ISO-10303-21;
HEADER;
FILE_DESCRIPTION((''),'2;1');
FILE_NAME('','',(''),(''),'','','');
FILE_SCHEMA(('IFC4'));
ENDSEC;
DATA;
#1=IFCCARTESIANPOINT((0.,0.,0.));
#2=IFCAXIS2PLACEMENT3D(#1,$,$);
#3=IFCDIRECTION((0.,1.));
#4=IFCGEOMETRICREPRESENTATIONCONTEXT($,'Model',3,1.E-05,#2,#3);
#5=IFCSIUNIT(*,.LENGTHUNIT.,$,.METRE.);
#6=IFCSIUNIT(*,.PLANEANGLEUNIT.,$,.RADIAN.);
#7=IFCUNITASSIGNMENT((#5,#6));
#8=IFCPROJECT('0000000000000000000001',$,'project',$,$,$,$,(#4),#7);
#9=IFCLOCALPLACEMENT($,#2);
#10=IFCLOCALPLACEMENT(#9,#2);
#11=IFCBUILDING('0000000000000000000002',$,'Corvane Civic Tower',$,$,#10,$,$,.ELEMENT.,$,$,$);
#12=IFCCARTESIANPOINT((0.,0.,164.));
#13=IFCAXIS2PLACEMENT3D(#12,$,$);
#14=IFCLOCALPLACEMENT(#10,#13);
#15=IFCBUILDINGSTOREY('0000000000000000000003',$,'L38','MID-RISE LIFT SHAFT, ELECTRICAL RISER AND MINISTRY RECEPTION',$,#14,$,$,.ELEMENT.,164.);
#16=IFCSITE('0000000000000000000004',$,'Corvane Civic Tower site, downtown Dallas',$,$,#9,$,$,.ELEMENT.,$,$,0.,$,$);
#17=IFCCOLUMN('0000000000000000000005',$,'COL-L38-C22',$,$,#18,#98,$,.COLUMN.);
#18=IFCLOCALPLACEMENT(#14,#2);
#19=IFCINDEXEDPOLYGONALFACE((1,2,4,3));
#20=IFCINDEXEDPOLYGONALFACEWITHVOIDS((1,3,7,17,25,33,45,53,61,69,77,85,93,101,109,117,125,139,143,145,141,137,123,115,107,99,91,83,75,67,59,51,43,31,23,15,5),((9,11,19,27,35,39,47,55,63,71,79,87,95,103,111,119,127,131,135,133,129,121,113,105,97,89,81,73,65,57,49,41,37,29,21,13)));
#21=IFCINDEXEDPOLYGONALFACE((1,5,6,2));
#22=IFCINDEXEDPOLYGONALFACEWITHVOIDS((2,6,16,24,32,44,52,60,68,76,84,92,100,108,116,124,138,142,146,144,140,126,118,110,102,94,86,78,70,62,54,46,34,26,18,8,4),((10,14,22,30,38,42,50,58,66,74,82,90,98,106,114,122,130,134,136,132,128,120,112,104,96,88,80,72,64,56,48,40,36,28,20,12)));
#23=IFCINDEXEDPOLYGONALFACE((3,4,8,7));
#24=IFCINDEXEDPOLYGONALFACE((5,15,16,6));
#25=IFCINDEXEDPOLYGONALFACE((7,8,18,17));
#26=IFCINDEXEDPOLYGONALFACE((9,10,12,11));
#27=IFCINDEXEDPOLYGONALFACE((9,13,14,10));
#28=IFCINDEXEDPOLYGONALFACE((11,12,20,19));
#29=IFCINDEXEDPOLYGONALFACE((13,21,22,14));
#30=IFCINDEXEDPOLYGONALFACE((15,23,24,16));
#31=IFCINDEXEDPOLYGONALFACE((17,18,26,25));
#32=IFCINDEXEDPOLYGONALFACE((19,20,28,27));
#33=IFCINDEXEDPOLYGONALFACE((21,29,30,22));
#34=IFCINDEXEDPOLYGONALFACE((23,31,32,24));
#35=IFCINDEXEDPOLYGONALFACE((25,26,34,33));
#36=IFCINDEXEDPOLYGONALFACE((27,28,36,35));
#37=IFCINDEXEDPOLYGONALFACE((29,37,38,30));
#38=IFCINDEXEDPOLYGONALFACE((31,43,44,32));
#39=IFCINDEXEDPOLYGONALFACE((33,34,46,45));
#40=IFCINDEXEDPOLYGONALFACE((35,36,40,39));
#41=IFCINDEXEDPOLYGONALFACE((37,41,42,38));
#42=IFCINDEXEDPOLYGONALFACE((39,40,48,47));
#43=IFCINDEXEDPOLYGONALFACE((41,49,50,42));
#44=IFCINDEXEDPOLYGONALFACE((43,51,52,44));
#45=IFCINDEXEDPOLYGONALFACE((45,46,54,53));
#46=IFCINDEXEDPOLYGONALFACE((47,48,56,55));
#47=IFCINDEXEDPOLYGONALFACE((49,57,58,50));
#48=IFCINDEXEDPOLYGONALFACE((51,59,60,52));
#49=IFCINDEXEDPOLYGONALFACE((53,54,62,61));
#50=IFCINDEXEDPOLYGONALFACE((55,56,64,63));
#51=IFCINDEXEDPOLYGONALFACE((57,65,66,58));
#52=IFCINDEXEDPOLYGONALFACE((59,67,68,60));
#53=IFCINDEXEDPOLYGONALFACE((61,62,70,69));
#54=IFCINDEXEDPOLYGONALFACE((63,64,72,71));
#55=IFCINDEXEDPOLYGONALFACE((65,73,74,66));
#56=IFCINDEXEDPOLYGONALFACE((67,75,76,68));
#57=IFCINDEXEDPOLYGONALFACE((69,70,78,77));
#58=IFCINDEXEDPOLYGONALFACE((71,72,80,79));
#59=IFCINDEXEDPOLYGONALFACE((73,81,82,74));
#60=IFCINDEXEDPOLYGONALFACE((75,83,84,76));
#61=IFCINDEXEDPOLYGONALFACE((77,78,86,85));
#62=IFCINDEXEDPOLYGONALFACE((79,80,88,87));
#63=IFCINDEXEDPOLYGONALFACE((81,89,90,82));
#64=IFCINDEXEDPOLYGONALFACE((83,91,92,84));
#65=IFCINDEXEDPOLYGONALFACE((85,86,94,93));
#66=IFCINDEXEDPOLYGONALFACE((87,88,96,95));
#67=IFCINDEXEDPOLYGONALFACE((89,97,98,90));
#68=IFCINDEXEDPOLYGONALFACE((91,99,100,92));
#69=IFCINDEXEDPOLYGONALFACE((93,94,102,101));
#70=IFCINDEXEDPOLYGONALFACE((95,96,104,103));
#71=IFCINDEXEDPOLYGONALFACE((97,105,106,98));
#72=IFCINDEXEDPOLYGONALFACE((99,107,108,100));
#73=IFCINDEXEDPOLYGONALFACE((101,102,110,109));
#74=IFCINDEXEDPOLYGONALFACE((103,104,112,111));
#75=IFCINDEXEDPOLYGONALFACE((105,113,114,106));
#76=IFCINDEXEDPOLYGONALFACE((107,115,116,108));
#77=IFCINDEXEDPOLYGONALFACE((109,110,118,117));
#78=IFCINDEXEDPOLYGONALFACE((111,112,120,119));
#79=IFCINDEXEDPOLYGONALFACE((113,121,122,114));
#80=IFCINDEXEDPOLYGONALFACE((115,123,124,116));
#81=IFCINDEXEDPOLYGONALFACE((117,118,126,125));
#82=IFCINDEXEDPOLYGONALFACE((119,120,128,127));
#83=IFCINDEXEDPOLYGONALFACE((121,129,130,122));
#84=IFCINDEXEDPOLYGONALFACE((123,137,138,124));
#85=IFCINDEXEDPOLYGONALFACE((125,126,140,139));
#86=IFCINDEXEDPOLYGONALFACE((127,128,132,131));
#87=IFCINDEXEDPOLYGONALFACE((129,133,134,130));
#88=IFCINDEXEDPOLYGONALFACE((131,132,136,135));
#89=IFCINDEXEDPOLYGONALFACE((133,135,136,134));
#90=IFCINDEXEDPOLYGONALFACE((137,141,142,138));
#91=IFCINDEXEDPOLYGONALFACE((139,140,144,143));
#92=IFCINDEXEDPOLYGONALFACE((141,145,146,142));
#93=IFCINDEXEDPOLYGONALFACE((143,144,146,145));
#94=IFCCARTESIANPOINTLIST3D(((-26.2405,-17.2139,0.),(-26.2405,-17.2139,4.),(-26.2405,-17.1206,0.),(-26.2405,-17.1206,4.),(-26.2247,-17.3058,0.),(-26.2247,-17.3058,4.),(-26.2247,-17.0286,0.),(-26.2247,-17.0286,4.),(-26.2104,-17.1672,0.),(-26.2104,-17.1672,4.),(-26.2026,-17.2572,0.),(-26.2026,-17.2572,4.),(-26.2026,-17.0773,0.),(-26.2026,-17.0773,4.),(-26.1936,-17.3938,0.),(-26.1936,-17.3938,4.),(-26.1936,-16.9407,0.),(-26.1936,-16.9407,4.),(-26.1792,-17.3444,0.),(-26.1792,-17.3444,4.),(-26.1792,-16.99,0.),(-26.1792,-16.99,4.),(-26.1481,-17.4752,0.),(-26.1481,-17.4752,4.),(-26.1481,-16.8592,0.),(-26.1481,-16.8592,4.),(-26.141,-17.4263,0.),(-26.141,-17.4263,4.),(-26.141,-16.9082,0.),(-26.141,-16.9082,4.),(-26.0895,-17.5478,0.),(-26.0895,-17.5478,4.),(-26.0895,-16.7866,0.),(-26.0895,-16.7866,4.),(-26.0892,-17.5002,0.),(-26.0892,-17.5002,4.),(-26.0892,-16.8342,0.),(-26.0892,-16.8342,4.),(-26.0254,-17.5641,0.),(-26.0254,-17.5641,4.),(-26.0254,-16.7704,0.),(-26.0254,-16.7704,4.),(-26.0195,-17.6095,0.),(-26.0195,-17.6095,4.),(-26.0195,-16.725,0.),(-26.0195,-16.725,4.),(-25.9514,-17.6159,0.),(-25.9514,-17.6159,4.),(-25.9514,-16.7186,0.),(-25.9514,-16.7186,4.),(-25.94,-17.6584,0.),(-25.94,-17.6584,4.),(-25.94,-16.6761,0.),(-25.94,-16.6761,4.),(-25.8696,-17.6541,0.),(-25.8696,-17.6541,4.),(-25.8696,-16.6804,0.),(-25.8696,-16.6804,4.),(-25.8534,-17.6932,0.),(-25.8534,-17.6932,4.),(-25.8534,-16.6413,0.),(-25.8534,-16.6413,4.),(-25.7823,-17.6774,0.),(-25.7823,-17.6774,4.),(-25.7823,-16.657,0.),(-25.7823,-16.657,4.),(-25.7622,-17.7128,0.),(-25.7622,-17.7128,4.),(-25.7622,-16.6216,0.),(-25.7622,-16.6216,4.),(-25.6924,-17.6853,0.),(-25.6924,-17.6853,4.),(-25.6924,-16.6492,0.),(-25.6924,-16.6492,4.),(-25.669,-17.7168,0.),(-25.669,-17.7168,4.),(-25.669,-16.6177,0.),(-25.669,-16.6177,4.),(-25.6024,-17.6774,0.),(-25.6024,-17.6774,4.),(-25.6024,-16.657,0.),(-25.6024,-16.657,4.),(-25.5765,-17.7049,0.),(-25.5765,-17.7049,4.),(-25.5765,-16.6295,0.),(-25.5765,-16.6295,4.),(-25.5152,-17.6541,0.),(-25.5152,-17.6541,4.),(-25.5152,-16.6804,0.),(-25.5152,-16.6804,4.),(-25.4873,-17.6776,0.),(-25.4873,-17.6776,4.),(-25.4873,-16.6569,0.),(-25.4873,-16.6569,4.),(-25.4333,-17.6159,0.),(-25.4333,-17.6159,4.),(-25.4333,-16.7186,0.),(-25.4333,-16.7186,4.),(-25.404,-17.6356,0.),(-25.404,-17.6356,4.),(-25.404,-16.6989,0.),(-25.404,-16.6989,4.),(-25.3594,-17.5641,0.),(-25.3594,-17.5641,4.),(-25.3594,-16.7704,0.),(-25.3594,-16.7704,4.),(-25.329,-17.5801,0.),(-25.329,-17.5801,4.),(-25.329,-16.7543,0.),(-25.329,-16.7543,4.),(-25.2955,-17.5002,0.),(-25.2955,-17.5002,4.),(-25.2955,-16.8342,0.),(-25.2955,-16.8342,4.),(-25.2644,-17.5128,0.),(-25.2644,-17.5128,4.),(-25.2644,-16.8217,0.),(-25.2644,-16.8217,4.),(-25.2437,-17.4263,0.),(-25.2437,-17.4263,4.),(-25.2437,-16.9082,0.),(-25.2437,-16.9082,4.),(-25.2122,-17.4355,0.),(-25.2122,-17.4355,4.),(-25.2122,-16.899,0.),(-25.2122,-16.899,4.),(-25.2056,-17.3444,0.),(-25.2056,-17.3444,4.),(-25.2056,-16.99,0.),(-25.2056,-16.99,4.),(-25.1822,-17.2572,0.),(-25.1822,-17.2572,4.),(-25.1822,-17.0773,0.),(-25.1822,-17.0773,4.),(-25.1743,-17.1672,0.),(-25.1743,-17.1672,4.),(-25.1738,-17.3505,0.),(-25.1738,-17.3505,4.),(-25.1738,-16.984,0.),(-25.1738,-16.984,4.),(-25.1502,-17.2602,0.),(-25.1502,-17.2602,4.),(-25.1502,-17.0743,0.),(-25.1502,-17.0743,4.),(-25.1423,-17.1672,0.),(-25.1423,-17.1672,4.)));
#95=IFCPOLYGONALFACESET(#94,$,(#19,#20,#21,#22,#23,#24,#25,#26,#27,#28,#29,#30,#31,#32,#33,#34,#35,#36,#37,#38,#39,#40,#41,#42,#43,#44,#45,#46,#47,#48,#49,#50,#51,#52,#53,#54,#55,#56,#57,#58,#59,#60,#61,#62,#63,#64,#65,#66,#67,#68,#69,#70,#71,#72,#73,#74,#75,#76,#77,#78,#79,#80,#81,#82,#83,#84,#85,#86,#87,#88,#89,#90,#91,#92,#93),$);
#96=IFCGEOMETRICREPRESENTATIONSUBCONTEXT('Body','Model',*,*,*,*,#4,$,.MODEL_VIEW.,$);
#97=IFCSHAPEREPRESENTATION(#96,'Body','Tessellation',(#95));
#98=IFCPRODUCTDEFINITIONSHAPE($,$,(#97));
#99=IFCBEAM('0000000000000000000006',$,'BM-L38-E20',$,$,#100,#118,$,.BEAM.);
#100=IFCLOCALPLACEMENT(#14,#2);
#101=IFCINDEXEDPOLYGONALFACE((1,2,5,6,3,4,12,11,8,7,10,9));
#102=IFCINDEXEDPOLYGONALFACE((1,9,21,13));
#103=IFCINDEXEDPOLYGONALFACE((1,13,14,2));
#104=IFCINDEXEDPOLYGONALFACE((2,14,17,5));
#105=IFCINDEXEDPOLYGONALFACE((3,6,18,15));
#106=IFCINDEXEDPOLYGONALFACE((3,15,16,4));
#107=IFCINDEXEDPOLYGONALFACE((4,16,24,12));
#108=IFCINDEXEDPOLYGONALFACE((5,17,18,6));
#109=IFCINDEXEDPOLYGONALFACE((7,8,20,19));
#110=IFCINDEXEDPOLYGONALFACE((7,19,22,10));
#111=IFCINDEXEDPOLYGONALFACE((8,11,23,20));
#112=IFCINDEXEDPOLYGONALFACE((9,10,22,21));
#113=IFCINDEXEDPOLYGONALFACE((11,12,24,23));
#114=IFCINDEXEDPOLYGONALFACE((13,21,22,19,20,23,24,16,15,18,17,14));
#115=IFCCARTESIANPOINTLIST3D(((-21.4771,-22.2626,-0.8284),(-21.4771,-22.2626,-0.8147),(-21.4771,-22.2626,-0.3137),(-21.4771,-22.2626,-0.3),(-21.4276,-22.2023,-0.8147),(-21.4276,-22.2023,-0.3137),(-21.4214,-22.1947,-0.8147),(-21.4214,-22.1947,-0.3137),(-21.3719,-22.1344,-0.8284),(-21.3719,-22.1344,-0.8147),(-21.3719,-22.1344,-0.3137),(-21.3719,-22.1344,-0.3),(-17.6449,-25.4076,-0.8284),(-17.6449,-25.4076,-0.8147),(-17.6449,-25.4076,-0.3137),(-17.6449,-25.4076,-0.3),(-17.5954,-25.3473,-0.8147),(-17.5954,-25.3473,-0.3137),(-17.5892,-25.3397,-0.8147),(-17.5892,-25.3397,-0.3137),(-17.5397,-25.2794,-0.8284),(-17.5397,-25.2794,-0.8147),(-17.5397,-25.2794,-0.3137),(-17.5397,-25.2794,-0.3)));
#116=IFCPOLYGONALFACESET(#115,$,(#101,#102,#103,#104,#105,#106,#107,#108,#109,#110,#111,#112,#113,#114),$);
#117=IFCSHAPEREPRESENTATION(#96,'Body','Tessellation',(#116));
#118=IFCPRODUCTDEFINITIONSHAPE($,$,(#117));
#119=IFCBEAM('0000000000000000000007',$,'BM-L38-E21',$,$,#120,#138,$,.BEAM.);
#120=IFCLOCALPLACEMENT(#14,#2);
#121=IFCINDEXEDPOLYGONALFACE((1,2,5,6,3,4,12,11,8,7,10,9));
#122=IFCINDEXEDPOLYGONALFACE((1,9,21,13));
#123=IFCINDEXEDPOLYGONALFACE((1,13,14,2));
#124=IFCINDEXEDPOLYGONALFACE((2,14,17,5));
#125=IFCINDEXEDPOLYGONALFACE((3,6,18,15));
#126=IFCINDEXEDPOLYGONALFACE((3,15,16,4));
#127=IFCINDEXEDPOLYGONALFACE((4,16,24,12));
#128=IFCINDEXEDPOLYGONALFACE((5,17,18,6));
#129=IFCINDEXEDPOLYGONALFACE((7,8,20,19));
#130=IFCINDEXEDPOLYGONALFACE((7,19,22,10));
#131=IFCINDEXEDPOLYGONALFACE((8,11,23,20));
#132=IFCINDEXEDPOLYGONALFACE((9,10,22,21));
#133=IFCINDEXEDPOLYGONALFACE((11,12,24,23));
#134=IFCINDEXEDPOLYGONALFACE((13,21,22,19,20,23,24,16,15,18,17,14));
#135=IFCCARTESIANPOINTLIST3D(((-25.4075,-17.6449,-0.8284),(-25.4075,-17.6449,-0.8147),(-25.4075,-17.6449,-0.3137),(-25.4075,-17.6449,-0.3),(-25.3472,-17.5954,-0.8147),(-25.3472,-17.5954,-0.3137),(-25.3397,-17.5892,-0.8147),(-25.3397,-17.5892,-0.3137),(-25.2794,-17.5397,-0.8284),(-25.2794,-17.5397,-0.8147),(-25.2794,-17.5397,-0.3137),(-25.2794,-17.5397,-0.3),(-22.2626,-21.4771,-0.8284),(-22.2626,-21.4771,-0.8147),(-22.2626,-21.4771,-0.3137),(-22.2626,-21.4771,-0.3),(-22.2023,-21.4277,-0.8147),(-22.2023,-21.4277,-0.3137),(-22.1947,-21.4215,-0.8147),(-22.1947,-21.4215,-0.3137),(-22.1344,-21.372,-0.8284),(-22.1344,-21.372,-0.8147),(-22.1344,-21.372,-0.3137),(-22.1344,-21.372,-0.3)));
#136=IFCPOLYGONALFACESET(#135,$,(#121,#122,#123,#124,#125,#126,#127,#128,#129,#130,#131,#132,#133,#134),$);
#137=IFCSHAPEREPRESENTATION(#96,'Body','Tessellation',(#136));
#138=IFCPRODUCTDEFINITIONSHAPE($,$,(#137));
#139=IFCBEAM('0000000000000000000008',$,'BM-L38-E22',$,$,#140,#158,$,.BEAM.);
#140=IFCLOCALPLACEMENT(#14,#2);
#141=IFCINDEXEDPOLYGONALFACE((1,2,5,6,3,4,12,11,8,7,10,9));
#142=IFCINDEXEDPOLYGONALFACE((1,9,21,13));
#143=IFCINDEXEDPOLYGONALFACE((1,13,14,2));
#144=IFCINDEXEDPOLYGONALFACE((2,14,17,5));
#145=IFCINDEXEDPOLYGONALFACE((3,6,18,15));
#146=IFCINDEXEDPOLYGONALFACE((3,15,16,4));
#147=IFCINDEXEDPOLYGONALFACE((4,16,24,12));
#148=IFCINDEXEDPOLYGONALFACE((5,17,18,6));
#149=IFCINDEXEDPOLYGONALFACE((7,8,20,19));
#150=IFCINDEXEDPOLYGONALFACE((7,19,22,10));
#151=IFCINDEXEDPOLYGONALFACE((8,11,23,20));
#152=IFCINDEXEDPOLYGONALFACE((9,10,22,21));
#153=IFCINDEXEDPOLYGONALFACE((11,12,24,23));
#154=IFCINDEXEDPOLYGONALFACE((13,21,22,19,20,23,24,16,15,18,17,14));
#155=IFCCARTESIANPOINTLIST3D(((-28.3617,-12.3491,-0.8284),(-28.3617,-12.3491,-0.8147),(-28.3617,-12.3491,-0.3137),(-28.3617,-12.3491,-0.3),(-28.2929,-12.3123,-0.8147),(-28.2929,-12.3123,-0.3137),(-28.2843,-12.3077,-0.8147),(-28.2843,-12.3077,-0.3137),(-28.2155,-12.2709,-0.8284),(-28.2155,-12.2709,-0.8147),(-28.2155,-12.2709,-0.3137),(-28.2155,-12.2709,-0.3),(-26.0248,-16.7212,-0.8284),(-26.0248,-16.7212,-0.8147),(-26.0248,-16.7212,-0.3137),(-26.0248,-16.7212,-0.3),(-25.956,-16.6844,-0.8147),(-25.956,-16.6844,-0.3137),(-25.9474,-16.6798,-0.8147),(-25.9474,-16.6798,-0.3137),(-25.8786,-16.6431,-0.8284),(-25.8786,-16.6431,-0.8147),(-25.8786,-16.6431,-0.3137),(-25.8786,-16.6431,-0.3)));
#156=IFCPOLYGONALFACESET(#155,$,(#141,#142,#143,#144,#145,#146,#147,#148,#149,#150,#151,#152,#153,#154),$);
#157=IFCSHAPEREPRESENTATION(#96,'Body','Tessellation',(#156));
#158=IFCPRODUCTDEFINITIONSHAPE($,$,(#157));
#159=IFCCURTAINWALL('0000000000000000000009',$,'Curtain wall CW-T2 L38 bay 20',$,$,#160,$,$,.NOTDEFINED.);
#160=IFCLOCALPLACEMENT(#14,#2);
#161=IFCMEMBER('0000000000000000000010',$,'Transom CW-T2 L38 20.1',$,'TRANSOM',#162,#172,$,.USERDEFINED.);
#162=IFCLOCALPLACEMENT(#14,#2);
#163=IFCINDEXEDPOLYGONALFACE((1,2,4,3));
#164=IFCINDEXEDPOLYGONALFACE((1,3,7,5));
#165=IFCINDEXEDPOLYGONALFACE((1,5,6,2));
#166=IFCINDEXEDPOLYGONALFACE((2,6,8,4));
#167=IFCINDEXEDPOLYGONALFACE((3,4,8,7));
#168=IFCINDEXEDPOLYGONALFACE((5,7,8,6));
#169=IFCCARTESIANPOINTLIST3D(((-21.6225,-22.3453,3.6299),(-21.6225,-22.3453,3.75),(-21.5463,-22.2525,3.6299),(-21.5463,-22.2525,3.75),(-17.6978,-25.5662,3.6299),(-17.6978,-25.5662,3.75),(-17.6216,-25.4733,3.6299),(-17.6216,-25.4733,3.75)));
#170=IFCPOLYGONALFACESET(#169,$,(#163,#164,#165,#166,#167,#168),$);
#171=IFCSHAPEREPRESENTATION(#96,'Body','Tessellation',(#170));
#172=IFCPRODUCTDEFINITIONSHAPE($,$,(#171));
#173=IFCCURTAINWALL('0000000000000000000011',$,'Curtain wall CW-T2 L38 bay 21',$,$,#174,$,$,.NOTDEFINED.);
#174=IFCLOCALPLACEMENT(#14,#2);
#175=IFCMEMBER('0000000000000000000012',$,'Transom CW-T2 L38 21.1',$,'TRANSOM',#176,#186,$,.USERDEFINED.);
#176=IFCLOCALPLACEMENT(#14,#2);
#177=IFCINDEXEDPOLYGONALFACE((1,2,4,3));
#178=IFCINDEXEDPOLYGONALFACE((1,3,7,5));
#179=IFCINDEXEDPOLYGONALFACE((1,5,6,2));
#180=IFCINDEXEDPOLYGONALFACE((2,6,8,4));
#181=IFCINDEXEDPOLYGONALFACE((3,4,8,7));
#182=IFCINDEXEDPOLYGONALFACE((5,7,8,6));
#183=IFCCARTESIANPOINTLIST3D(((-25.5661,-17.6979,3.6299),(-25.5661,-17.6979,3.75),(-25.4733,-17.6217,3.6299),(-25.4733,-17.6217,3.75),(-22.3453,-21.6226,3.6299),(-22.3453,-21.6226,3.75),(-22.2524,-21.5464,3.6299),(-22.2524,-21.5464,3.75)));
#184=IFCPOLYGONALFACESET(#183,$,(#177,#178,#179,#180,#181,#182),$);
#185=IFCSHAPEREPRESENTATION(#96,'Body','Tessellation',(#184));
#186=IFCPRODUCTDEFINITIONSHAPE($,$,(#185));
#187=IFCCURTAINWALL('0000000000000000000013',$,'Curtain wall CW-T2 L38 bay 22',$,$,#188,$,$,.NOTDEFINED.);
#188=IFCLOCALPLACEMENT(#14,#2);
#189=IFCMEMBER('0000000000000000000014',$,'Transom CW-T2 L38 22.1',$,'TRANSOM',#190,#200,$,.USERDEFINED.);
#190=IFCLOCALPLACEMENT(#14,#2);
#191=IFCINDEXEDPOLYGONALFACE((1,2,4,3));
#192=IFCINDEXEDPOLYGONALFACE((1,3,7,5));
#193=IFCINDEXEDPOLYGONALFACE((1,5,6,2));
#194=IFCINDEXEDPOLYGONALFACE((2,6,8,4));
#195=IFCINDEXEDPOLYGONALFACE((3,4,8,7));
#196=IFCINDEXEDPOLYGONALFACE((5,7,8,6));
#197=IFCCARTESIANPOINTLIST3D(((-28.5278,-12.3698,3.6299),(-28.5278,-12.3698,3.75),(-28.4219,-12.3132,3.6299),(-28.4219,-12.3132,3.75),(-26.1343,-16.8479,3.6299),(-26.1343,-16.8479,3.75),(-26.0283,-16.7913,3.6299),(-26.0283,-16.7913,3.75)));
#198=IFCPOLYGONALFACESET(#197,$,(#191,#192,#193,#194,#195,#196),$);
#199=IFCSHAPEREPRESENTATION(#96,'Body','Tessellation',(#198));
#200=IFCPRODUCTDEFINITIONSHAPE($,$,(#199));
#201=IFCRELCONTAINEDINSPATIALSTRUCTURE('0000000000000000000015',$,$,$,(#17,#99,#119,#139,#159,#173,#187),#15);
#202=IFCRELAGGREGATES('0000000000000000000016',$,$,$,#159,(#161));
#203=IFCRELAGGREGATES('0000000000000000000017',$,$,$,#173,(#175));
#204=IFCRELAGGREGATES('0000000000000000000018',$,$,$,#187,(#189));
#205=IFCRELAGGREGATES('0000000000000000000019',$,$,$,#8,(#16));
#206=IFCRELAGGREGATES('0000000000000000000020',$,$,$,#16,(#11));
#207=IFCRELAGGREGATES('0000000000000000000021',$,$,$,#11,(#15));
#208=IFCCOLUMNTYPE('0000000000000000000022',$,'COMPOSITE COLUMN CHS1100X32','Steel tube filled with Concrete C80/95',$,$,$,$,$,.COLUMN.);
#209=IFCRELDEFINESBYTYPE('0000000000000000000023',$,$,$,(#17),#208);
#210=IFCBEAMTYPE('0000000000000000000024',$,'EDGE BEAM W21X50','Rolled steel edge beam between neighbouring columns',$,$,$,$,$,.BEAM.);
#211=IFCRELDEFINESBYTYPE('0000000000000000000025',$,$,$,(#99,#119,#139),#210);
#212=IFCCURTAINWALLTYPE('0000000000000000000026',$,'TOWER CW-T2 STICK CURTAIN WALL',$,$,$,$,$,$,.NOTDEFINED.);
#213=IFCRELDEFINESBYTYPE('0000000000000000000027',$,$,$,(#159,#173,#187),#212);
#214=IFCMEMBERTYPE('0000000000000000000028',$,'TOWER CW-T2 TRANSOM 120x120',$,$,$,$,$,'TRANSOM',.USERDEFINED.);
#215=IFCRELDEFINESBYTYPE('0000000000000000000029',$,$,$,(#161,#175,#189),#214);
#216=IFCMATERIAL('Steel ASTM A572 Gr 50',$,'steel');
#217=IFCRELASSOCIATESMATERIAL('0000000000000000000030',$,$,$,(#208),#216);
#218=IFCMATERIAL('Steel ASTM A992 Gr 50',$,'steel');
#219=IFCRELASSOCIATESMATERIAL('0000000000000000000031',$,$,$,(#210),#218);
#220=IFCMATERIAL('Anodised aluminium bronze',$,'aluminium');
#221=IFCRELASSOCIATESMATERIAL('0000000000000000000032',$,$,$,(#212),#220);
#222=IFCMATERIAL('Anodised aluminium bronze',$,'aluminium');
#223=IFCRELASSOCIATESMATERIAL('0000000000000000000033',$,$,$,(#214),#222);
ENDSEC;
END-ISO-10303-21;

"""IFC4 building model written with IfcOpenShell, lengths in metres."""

from ifc_helpers import new_model, si_unit, direction, frame, origin, origin_2d, place, context, subcontext, project, spatial, rectangle, hollow_circle, i_section, extrude, material, material_profile, profile_set, type_object, element, aggregate, save


model = new_model("IFC4")

# Units and contexts
model_context = context("Model", 3, precision=1e-05, world=origin(), true_north=direction((0.0, 1.0)))
body_context = subcontext(model_context, "Body", "Model", "MODEL_VIEW")
ifc_project = project(units=[si_unit("LENGTHUNIT", "METRE"), si_unit("PLANEANGLEUNIT", "RADIAN")], contexts=[model_context])

# Site, building, storey
site_placement = place(None, origin())
site = spatial("IfcSite", under=ifc_project, at=site_placement, Name="Corvane Civic Tower site, downtown Dallas", CompositionType="ELEMENT", RefElevation=0.0)
building_placement = place(site_placement, origin())
building = spatial("IfcBuilding", under=site, at=building_placement, Name="Corvane Civic Tower", CompositionType="ELEMENT")
storey_placement = place(building_placement, frame((0.0, 0.0, 164.0)))
storey = spatial("IfcBuildingStorey", under=building, at=storey_placement, Name="L38", Description="MID-RISE LIFT SHAFT, ELECTRICAL RISER AND MINISTRY RECEPTION", CompositionType="ELEMENT", Elevation=164.0)

# Column
ifc_material_1 = material(Name="Steel ASTM A572 Gr 50", Category="steel")
ifc_material_profile_1 = material_profile(ifc_material_1, hollow_circle(Radius=0.55, WallThickness=0.032, at=origin_2d()), Name="CHS1100X32")
ifc_profile_set_1 = profile_set([ifc_material_profile_1], Name="Steel ASTM A572 Gr 50")
column_type = type_object("IfcColumnType", Name="COMPOSITE COLUMN CHS1100X32", Description="Steel tube filled with Concrete C80/95", PredefinedType="COLUMN", material=ifc_profile_set_1)
for number, where, z_axis, x_axis, name in (
    (1, (-25.6924, -17.1672, 0.0), (0.0, 0.0, 1.0), (1.0, 0.0, 0.0), "COL-L38-C22"),
):
    element("IfcColumn", number, at=place(storey_placement, frame(where, z_axis=z_axis, x_axis=x_axis)), inside=storey, type_object=column_type, Name=name, PredefinedType="COLUMN", context=body_context, shape_type="SweptSolid", body=[
        extrude(hollow_circle(Radius=0.55, WallThickness=0.032, at=origin_2d()), origin(), (0.0, 0.0, 1.0), 4.0),
    ])

# Beams
ifc_material_2 = material(Name="Steel ASTM A992 Gr 50", Category="steel")
ifc_material_profile_2 = material_profile(ifc_material_2, i_section(OverallWidth=0.1658, OverallDepth=0.5283, WebThickness=0.0098, FlangeThickness=0.0137, at=origin_2d()), Name="W21X50")
ifc_profile_set_2 = profile_set([ifc_material_profile_2], Name="Steel ASTM A992 Gr 50")
beam_type = type_object("IfcBeamType", Name="EDGE BEAM W21X50", Description="Rolled steel edge beam between neighbouring columns", PredefinedType="BEAM", material=ifc_profile_set_2)
for number, where, z_axis, x_axis, name in (
    (2, (-17.5923, -25.3435, -0.5642), (-0.773015, 0.634388, 0.0), (-0.634388, -0.773015, 0.0), "BM-L38-E20"),
    (3, (-22.1985, -21.4246, -0.5642), (-0.634388, 0.773015, 0.0), (-0.773015, -0.634388, 0.0), "BM-L38-E21"),
    (4, (-25.9517, -16.6821, -0.5642), (-0.471396, 0.881922, 0.0), (-0.881922, -0.471396, 0.0), "BM-L38-E22"),
):
    element("IfcBeam", number, at=place(storey_placement, frame(where, z_axis=z_axis, x_axis=x_axis)), inside=storey, type_object=beam_type, Name=name, PredefinedType="BEAM", context=body_context, shape_type="SweptSolid", body=[
        extrude(i_section(OverallWidth=0.1658, OverallDepth=0.5283, WebThickness=0.0098, FlangeThickness=0.0137, at=origin_2d()), origin(), (0.0, 0.0, 1.0), 4.9575),
    ])

# Curtain walls, members
ifc_material_3 = material(Name="Anodised aluminium bronze", Category="aluminium")
curtain_wall_type = type_object("IfcCurtainWallType", Name="TOWER CW-T2 STICK CURTAIN WALL", PredefinedType="NOTDEFINED", material=ifc_material_3)
curtain_wall_1_placement = place(storey_placement, origin())
curtain_wall_1 = element("IfcCurtainWall", 5, at=curtain_wall_1_placement, inside=storey, type_object=curtain_wall_type, Name="Curtain wall CW-T2 L38 bay 20", PredefinedType="NOTDEFINED")
ifc_material_4 = material(Name="Anodised aluminium bronze", Category="aluminium")
ifc_material_profile_3 = material_profile(ifc_material_4, rectangle(XDim=0.1201, YDim=0.1201, at=origin_2d()), Name="TOWER CW-T2 TRANSOM 120x120")
ifc_profile_set_3 = profile_set([ifc_material_profile_3], Name="Anodised aluminium bronze")
member_type = type_object("IfcMemberType", Name="TOWER CW-T2 TRANSOM 120x120", ElementType="TRANSOM", PredefinedType="USERDEFINED", material=ifc_profile_set_3)
member_1_placement = place(storey_placement, frame((-17.6597, -25.5198, 3.6899), z_axis=(-0.773016, 0.634387, 0.0), x_axis=(-0.634387, -0.773016, 0.0)))
member_1 = element("IfcMember", 6, at=member_1_placement, type_object=member_type, Name="Transom CW-T2 L38 20.1", ObjectType="TRANSOM", PredefinedType="USERDEFINED", context=body_context, shape_type="SweptSolid", body=[
    extrude(rectangle(XDim=0.1201, YDim=0.1201, at=origin_2d()), origin(), (0.0, 0.0, 1.0), 5.0771),
])
curtain_wall_2_placement = place(storey_placement, origin())
curtain_wall_2 = element("IfcCurtainWall", 7, at=curtain_wall_2_placement, inside=storey, type_object=curtain_wall_type, Name="Curtain wall CW-T2 L38 bay 21", PredefinedType="NOTDEFINED")
member_2_placement = place(storey_placement, frame((-22.2988, -21.5845, 3.6899), z_axis=(-0.634387, 0.773016, 0.0), x_axis=(-0.773016, -0.634387, 0.0)))
member_2 = element("IfcMember", 8, at=member_2_placement, type_object=member_type, Name="Transom CW-T2 L38 21.1", ObjectType="TRANSOM", PredefinedType="USERDEFINED", context=body_context, shape_type="SweptSolid", body=[
    extrude(rectangle(XDim=0.1201, YDim=0.1201, at=origin_2d()), origin(), (0.0, 0.0, 1.0), 5.0771),
])
curtain_wall_3_placement = place(storey_placement, origin())
curtain_wall_3 = element("IfcCurtainWall", 9, at=curtain_wall_3_placement, inside=storey, type_object=curtain_wall_type, Name="Curtain wall CW-T2 L38 bay 22", PredefinedType="NOTDEFINED")
member_3_placement = place(storey_placement, frame((-26.0813, -16.8196, 3.6899), z_axis=(-0.471397, 0.881921, 0.0), x_axis=(-0.881921, -0.471397, 0.0)))
member_3 = element("IfcMember", 10, at=member_3_placement, type_object=member_type, Name="Transom CW-T2 L38 22.1", ObjectType="TRANSOM", PredefinedType="USERDEFINED", context=body_context, shape_type="SweptSolid", body=[
    extrude(rectangle(XDim=0.1201, YDim=0.1201, at=origin_2d()), origin(), (0.0, 0.0, 1.0), 5.0776),
])

aggregate(curtain_wall_1, [member_1])
aggregate(curtain_wall_2, [member_2])
aggregate(curtain_wall_3, [member_3])

save(model, "model.ifc")
